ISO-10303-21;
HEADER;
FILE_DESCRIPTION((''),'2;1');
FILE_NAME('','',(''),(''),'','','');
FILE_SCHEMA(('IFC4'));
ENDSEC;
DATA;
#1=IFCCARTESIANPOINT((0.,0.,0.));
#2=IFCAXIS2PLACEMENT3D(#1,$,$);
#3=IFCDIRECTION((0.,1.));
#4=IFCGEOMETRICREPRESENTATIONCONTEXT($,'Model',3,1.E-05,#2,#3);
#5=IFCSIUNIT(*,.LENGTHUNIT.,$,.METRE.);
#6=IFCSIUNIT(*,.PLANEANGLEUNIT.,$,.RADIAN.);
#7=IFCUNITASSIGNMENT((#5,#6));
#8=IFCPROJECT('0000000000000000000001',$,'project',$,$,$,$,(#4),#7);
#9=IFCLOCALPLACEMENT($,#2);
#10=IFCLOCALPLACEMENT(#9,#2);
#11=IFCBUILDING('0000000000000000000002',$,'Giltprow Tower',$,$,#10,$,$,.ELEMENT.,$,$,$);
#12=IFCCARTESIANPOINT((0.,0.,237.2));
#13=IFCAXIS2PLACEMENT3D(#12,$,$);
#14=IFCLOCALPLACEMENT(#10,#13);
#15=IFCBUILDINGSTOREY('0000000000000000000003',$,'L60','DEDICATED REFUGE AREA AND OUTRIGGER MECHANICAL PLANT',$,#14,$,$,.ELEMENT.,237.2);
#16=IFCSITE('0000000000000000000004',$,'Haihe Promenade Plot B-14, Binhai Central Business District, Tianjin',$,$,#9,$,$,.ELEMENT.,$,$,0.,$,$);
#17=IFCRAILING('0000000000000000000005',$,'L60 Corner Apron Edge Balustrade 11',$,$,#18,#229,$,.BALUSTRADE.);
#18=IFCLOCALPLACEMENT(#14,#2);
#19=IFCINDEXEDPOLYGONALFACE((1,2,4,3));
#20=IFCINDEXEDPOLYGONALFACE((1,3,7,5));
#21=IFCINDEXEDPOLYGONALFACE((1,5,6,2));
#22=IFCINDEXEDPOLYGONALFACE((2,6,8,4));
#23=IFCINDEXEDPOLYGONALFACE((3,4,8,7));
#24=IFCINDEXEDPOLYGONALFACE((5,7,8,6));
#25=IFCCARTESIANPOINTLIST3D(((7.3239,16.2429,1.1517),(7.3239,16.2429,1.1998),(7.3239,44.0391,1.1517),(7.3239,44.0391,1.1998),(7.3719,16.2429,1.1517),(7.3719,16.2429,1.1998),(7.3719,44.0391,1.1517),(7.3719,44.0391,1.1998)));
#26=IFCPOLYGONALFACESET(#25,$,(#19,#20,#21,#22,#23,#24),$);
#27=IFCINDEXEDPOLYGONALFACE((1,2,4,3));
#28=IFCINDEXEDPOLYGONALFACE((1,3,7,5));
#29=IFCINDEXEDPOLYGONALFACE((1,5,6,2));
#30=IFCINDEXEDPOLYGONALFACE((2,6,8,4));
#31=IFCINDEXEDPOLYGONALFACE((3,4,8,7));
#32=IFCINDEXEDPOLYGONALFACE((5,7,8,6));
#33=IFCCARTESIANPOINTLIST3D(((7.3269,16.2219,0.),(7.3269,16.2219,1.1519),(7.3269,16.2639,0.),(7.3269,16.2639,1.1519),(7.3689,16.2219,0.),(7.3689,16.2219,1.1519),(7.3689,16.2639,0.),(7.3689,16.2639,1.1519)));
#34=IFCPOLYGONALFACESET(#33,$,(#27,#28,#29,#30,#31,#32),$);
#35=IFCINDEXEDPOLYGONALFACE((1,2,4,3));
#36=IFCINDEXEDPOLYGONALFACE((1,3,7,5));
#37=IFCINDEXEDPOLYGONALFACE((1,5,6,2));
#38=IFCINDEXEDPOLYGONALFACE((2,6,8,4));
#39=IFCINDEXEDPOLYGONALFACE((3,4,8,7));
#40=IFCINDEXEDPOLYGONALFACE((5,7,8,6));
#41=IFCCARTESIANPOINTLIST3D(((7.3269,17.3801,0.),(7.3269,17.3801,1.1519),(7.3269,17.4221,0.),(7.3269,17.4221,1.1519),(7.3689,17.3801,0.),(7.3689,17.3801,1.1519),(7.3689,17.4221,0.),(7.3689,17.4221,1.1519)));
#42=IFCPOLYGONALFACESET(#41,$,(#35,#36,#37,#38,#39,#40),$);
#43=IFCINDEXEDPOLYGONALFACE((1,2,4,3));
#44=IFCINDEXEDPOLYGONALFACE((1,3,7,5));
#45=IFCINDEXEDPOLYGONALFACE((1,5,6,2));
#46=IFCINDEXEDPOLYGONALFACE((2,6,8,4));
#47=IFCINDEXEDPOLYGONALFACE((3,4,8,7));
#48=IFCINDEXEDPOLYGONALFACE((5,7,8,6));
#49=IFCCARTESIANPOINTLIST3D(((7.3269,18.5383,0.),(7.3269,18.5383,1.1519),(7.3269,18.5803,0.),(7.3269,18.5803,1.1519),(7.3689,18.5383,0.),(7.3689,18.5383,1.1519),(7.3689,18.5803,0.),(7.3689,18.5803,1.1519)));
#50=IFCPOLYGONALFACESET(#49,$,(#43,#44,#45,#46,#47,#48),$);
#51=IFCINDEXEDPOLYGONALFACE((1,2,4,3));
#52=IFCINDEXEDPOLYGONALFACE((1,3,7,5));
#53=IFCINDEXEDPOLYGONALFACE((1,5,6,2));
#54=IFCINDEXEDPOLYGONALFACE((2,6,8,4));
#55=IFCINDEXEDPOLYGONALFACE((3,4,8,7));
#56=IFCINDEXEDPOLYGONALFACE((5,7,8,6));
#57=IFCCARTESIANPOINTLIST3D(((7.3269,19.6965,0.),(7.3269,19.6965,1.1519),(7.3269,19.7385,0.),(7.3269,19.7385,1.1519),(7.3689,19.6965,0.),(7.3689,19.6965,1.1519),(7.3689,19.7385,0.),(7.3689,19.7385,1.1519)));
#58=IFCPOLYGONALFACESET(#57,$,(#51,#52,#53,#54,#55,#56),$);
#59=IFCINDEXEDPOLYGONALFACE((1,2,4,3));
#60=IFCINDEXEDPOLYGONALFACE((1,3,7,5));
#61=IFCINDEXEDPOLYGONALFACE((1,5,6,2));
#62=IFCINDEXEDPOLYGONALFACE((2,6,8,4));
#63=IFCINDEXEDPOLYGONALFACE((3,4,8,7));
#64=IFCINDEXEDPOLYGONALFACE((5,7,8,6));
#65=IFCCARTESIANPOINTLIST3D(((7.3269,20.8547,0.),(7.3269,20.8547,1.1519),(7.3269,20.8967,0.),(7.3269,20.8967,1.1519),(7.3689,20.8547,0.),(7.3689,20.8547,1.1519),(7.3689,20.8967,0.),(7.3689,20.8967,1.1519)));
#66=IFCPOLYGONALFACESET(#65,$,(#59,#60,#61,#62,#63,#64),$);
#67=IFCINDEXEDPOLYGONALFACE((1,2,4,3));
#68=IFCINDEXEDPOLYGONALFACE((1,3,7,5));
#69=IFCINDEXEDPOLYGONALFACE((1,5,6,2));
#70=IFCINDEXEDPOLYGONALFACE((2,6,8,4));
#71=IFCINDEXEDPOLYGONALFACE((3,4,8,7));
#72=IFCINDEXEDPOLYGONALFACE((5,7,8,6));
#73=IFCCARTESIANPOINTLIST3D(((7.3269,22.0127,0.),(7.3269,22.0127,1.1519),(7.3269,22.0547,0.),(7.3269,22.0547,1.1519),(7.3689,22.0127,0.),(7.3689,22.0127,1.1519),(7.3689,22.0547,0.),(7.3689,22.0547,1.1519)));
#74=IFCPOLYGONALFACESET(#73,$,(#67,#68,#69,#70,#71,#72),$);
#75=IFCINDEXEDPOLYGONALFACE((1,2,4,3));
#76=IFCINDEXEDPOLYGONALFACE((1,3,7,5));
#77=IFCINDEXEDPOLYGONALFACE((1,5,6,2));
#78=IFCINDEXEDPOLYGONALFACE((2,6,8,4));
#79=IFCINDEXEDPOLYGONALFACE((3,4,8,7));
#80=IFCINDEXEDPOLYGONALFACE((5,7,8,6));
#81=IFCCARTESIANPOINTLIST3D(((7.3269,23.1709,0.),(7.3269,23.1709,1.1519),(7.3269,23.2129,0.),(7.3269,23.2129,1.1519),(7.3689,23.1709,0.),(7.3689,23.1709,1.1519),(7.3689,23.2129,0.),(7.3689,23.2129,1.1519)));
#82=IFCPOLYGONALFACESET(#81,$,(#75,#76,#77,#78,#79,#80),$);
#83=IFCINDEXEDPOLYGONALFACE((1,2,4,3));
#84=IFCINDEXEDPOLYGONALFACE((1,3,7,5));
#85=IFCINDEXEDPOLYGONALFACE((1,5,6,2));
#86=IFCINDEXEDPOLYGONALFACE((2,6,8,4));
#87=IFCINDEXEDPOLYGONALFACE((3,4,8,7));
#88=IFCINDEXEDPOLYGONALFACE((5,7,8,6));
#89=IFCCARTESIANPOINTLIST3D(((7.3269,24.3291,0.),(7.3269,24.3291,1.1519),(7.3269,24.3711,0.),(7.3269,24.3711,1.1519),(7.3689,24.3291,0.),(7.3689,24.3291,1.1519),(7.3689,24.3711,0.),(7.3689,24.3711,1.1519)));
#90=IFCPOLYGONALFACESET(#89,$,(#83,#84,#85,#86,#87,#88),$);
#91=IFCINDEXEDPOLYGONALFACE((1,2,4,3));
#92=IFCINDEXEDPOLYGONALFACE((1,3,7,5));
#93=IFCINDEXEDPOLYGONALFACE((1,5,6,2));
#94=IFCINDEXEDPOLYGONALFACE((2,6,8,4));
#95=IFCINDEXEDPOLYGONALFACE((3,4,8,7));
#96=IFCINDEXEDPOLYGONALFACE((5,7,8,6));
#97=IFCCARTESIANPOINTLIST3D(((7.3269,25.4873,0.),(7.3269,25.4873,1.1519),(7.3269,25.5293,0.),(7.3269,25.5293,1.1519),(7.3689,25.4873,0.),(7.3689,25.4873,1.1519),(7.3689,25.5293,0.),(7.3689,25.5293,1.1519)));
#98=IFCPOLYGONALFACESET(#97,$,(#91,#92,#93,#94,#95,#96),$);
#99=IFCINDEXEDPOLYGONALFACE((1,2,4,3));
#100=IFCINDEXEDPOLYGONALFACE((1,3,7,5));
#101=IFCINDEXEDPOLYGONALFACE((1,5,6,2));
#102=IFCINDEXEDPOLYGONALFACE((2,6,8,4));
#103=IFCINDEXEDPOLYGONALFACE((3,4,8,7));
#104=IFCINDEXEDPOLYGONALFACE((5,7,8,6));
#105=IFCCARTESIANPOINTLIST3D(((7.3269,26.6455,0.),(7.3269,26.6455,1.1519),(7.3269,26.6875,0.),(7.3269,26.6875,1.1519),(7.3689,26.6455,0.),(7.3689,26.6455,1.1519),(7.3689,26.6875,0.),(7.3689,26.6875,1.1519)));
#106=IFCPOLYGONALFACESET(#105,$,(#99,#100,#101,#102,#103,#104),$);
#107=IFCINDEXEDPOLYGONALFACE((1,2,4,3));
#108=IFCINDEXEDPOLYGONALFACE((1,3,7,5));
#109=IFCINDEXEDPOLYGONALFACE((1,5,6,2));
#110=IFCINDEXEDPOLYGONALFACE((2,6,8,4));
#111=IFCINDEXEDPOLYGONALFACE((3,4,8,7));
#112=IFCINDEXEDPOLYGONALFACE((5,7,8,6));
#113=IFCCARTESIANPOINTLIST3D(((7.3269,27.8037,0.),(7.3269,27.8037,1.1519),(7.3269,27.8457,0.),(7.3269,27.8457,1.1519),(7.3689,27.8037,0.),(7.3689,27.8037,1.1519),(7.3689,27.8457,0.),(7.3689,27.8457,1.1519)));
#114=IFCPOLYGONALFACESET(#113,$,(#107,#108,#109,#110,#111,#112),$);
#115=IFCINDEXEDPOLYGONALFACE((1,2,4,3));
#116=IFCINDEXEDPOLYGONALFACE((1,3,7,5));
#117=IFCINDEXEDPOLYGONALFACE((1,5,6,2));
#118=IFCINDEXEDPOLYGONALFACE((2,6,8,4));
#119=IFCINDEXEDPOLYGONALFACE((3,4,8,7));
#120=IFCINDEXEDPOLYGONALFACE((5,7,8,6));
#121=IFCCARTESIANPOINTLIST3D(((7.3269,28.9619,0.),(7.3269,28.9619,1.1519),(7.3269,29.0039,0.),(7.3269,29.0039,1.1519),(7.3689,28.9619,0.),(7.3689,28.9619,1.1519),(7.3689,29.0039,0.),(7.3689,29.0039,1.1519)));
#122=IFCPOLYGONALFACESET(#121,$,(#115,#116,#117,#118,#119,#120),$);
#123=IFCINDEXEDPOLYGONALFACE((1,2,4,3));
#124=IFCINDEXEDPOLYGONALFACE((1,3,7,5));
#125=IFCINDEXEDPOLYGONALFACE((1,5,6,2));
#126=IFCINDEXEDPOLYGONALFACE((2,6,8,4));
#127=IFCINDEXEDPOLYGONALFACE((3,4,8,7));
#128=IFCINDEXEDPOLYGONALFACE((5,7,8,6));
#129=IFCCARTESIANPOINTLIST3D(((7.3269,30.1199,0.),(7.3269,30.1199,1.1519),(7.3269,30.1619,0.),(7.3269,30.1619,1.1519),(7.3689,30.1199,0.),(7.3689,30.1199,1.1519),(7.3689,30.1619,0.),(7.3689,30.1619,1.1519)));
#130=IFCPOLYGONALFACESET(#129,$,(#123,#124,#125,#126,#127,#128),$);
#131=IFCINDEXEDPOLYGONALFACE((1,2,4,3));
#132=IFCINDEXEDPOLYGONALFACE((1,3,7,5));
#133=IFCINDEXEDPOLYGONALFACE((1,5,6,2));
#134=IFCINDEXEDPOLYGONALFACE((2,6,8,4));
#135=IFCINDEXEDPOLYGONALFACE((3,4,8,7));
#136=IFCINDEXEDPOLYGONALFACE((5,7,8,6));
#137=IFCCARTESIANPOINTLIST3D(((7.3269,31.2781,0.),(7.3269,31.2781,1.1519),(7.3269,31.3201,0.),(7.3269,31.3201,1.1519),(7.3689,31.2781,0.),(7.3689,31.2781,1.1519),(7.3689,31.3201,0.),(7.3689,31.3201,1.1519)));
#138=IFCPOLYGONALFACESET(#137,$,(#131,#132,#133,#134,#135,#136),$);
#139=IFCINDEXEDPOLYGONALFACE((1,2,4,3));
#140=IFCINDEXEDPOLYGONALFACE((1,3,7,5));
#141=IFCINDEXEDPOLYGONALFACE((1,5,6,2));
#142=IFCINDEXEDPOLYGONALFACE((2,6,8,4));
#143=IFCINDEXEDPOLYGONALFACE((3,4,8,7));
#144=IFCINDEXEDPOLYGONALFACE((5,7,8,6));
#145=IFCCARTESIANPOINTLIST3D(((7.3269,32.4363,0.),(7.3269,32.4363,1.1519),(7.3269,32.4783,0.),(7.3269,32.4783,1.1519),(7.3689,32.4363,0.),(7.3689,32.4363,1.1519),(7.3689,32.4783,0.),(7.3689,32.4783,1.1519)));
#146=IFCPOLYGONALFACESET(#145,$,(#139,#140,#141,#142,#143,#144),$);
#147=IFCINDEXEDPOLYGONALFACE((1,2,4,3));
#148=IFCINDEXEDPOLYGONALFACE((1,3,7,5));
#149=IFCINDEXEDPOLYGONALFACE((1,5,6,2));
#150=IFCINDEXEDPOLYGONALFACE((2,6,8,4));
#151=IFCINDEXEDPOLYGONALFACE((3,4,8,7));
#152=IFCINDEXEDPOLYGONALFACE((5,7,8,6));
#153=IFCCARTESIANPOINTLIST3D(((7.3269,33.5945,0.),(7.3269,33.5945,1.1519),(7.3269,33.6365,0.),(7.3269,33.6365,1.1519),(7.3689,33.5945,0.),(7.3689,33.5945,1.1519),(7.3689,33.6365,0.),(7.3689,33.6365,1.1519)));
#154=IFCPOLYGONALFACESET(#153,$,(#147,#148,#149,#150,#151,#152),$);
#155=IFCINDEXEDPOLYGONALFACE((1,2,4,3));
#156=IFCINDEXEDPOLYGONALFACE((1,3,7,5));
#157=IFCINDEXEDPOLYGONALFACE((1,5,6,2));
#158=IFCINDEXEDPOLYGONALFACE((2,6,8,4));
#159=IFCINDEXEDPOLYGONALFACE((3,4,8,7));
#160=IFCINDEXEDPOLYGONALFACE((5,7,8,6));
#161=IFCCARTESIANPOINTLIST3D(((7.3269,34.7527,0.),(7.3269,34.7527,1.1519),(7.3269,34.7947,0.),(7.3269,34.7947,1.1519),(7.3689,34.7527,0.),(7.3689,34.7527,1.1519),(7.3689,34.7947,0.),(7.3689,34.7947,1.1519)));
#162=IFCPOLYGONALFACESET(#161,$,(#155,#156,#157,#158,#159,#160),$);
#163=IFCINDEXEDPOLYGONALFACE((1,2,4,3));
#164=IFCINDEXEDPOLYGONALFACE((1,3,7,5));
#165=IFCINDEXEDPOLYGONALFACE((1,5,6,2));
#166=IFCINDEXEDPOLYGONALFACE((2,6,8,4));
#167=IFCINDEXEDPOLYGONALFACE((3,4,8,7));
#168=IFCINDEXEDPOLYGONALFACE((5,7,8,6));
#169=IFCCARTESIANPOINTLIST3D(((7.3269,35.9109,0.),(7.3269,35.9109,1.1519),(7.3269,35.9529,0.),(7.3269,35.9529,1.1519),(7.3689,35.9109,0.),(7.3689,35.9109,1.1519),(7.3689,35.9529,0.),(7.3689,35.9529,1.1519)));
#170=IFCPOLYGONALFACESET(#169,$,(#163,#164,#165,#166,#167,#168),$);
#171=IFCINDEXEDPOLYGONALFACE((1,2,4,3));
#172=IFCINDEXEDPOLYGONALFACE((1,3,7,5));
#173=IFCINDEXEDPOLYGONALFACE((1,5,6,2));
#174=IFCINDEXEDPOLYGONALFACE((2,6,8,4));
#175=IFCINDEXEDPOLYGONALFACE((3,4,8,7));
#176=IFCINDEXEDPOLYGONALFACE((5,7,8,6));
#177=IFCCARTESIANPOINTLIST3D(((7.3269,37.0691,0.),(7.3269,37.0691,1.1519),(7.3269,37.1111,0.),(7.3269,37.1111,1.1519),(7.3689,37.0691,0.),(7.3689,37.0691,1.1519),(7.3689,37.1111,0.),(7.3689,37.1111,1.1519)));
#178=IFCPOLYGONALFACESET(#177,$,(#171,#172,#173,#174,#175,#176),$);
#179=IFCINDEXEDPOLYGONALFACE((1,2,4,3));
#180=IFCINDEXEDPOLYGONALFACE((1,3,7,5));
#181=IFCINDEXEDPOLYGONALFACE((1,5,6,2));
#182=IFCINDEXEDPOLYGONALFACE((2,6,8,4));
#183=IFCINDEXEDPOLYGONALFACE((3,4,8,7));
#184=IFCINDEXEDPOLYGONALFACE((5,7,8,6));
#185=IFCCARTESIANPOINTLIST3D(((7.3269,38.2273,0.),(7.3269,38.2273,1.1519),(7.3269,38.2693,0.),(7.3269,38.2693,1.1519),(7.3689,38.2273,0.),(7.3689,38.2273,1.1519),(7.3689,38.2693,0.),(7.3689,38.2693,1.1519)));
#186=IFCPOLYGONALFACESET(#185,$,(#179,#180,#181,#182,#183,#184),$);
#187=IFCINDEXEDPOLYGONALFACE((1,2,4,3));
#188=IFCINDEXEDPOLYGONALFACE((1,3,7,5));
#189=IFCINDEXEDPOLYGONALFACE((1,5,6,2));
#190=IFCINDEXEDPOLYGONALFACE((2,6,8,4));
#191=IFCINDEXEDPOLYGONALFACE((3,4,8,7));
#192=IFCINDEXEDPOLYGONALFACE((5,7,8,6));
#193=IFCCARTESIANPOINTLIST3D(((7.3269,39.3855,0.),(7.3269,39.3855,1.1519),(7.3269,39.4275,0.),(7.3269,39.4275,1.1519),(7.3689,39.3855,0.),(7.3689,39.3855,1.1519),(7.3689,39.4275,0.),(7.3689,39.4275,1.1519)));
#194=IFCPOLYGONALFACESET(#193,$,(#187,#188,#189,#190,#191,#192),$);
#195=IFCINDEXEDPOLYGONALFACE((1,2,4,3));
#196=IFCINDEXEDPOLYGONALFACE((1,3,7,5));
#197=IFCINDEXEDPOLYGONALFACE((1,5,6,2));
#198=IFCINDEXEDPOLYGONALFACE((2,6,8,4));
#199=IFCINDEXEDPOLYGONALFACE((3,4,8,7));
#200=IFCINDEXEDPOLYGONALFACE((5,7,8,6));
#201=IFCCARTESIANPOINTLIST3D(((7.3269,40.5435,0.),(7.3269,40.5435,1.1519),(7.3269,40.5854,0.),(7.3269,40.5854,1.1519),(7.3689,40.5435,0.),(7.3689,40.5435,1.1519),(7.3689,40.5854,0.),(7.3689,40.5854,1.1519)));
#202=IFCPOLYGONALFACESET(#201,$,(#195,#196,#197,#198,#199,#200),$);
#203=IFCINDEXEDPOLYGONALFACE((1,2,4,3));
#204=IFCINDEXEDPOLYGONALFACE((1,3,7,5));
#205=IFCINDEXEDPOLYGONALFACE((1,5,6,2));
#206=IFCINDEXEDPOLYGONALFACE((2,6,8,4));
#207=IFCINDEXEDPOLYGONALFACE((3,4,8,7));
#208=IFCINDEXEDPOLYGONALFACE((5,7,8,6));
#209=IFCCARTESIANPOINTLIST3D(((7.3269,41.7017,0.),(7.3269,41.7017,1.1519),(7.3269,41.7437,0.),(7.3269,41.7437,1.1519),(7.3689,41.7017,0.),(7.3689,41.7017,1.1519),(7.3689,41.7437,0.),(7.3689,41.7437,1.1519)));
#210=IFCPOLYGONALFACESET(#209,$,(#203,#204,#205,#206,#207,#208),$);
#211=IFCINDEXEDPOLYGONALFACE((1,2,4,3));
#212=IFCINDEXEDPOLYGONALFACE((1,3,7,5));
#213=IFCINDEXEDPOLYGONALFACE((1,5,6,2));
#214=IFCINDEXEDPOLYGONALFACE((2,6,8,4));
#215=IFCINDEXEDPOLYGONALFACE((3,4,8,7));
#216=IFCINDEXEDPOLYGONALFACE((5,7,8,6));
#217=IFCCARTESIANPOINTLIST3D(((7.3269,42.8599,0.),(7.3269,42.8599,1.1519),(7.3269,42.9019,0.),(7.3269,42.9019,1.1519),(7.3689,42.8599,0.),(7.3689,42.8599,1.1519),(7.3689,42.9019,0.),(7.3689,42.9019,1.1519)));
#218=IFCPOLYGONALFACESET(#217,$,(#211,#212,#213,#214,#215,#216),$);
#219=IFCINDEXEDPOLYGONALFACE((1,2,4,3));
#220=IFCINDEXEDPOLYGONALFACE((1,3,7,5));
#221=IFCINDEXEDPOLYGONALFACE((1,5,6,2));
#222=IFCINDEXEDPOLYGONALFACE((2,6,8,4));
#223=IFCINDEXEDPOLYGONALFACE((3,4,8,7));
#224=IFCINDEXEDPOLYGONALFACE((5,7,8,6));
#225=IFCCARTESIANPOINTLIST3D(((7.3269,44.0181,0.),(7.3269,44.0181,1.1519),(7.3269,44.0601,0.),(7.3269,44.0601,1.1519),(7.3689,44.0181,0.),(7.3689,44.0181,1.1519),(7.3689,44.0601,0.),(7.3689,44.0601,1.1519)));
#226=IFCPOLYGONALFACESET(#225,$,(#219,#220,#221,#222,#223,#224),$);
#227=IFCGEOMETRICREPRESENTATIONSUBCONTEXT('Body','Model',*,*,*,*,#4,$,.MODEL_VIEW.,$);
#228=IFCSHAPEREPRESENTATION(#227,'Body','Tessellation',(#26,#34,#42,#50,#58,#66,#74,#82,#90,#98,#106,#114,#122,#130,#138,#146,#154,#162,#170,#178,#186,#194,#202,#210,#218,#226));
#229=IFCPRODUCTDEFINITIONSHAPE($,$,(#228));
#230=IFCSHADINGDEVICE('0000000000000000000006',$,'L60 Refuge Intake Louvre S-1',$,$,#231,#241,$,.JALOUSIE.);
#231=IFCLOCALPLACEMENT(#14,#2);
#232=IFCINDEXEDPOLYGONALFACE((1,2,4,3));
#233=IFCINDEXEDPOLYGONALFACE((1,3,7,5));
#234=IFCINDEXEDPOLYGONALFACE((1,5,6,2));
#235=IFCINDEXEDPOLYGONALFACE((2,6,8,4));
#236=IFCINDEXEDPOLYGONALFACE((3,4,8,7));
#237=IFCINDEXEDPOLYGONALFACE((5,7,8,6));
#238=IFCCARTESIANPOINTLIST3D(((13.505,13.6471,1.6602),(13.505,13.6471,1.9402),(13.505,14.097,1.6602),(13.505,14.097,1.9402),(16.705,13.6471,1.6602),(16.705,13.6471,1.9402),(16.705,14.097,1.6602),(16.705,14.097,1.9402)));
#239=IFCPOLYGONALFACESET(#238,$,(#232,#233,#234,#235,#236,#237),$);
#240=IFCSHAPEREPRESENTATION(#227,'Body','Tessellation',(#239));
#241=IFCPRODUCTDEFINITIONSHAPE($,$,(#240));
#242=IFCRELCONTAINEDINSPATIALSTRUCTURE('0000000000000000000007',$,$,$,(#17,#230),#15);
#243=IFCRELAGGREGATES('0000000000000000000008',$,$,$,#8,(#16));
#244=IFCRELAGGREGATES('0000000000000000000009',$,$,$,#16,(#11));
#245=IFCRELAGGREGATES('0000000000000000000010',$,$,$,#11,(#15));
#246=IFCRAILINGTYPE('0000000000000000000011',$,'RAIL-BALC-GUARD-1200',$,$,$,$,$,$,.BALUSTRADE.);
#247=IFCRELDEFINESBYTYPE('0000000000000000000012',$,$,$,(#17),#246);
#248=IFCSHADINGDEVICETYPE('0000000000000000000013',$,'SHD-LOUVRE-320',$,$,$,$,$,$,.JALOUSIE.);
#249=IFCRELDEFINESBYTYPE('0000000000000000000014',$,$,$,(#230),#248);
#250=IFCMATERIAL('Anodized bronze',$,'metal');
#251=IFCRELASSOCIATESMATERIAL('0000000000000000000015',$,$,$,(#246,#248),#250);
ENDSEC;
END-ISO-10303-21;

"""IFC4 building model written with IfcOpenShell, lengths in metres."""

from ifc_helpers import new_model, si_unit, direction, frame, origin, origin_2d, place, context, subcontext, project, spatial, rectangle, extrude, source, transform, mapped, material, type_object, element, save


model = new_model("IFC4")

# Units and contexts
model_context = context("Model", 3, precision=1e-05, world=origin(), true_north=direction((0.0, 1.0)))
body_context = subcontext(model_context, "Body", "Model", "MODEL_VIEW")
ifc_project = project(units=[si_unit("LENGTHUNIT", "METRE"), si_unit("PLANEANGLEUNIT", "RADIAN")], contexts=[model_context])

# Site, building, storey
site_placement = place(None, origin())
site = spatial("IfcSite", under=ifc_project, at=site_placement, Name="Haihe Promenade Plot B-14, Binhai Central Business District, Tianjin", CompositionType="ELEMENT", RefElevation=0.0)
building_placement = place(site_placement, origin())
building = spatial("IfcBuilding", under=site, at=building_placement, Name="Giltprow Tower", CompositionType="ELEMENT")
storey_placement = place(building_placement, frame((0.0, 0.0, 237.2)))
storey = spatial("IfcBuildingStorey", under=building, at=storey_placement, Name="L60", Description="DEDICATED REFUGE AREA AND OUTRIGGER MECHANICAL PLANT", CompositionType="ELEMENT", Elevation=237.2)

# Railing
ifc_material_1 = material(Name="Anodized bronze", Category="metal")
railing_type = type_object("IfcRailingType", Name="RAIL-BALC-GUARD-1200", PredefinedType="BALUSTRADE", material=ifc_material_1)
railing_1_placement = place(storey_placement, frame((7.3479, 16.2429, 0.0)))
element("IfcRailing", 1, at=railing_1_placement, inside=storey, type_object=railing_type, Name="L60 Corner Apron Edge Balustrade 11", PredefinedType="BALUSTRADE", context=body_context, shape_type="SweptSolid", body=[
    extrude(rectangle(XDim=0.0481, YDim=0.0481, at=origin_2d()), frame((0.0, 0.0, 1.1758), z_axis=(0.0, 1.0, 0.0), x_axis=(-1.0, 0.0, 0.0)), (0.0, 0.0, 1.0), 27.7961),
    extrude(rectangle(XDim=0.042, YDim=0.042, at=origin_2d()), origin(), (0.0, 0.0, 1.0), 1.1519),
    extrude(rectangle(XDim=0.042, YDim=0.042, at=origin_2d()), frame((0.0, 1.1582, 0.0)), (0.0, 0.0, 1.0), 1.1519),
    extrude(rectangle(XDim=0.042, YDim=0.042, at=origin_2d()), frame((0.0, 2.3164, 0.0)), (0.0, 0.0, 1.0), 1.1519),
    extrude(rectangle(XDim=0.042, YDim=0.042, at=origin_2d()), frame((0.0, 3.4746, 0.0)), (0.0, 0.0, 1.0), 1.1519),
    extrude(rectangle(XDim=0.042, YDim=0.042, at=origin_2d()), frame((0.0, 4.6328, 0.0)), (0.0, 0.0, 1.0), 1.1519),
    extrude(rectangle(XDim=0.042, YDim=0.042, at=origin_2d()), frame((0.0, 5.7908, 0.0)), (0.0, 0.0, 1.0), 1.1519),
    extrude(rectangle(XDim=0.042, YDim=0.042, at=origin_2d()), frame((0.0, 6.949, 0.0)), (0.0, 0.0, 1.0), 1.1519),
    extrude(rectangle(XDim=0.042, YDim=0.042, at=origin_2d()), frame((0.0, 8.1072, 0.0)), (0.0, 0.0, 1.0), 1.1519),
    extrude(rectangle(XDim=0.042, YDim=0.042, at=origin_2d()), frame((0.0, 9.2654, 0.0)), (0.0, 0.0, 1.0), 1.1519),
    extrude(rectangle(XDim=0.042, YDim=0.042, at=origin_2d()), frame((0.0, 10.4236, 0.0)), (0.0, 0.0, 1.0), 1.1519),
    extrude(rectangle(XDim=0.042, YDim=0.042, at=origin_2d()), frame((0.0, 11.5818, 0.0)), (0.0, 0.0, 1.0), 1.1519),
    extrude(rectangle(XDim=0.042, YDim=0.042, at=origin_2d()), frame((0.0, 12.74, 0.0)), (0.0, 0.0, 1.0), 1.1519),
    extrude(rectangle(XDim=0.042, YDim=0.042, at=origin_2d()), frame((0.0, 13.8979, 0.0)), (0.0, 0.0, 1.0), 1.1519),
    extrude(rectangle(XDim=0.042, YDim=0.042, at=origin_2d()), frame((0.0, 15.0562, 0.0)), (0.0, 0.0, 1.0), 1.1519),
    extrude(rectangle(XDim=0.042, YDim=0.042, at=origin_2d()), frame((0.0, 16.2144, 0.0)), (0.0, 0.0, 1.0), 1.1519),
    extrude(rectangle(XDim=0.042, YDim=0.042, at=origin_2d()), frame((0.0, 17.3726, 0.0)), (0.0, 0.0, 1.0), 1.1519),
    extrude(rectangle(XDim=0.042, YDim=0.042, at=origin_2d()), frame((0.0, 18.5308, 0.0)), (0.0, 0.0, 1.0), 1.1519),
    extrude(rectangle(XDim=0.042, YDim=0.042, at=origin_2d()), frame((0.0, 19.689, 0.0)), (0.0, 0.0, 1.0), 1.1519),
    extrude(rectangle(XDim=0.042, YDim=0.042, at=origin_2d()), frame((0.0, 20.8472, 0.0)), (0.0, 0.0, 1.0), 1.1519),
    extrude(rectangle(XDim=0.042, YDim=0.042, at=origin_2d()), frame((0.0, 22.0054, 0.0)), (0.0, 0.0, 1.0), 1.1519),
    extrude(rectangle(XDim=0.042, YDim=0.042, at=origin_2d()), frame((0.0, 23.1636, 0.0)), (0.0, 0.0, 1.0), 1.1519),
    extrude(rectangle(XDim=0.042, YDim=0.042, at=origin_2d()), frame((0.0, 24.3215, 0.0)), (0.0, 0.0, 1.0), 1.1519),
    extrude(rectangle(XDim=0.042, YDim=0.042, at=origin_2d()), frame((0.0, 25.4797, 0.0)), (0.0, 0.0, 1.0), 1.1519),
    extrude(rectangle(XDim=0.042, YDim=0.042, at=origin_2d()), frame((0.0, 26.6379, 0.0)), (0.0, 0.0, 1.0), 1.1519),
    extrude(rectangle(XDim=0.042, YDim=0.042, at=origin_2d()), frame((0.0, 27.7961, 0.0)), (0.0, 0.0, 1.0), 1.1519),
])

# Shading device
shading_device_type = type_object("IfcShadingDeviceType", Name="SHD-LOUVRE-320", PredefinedType="JALOUSIE", material=ifc_material_1)
shared_shape_1 = source(origin(), body_context, "Body", "SweptSolid", [
    extrude(rectangle(XDim=3.2, YDim=0.45, at=origin_2d()), origin(), (0.0, 0.0, 1.0), 0.28),
])
for number, where, z_axis, x_axis, name in (
    (2, (15.105, 13.8721, 1.6602), (0.0, 0.0, 1.0), (1.0, 0.0, 0.0), "L60 Refuge Intake Louvre S-1"),
):
    element("IfcShadingDevice", number, at=place(storey_placement, frame(where, z_axis=z_axis, x_axis=x_axis)), inside=storey, type_object=shading_device_type, Name=name, PredefinedType="JALOUSIE", context=body_context, shape_type="MappedRepresentation", body=[
        mapped(shared_shape_1, transform((0.0, 0.0, 0.0), x_axis=(1.0, 0.0, 0.0), y_axis=(0.0, 1.0, 0.0), z_axis=(0.0, 0.0, 1.0), scale=1.0)),
    ])

save(model, "model.ifc")
